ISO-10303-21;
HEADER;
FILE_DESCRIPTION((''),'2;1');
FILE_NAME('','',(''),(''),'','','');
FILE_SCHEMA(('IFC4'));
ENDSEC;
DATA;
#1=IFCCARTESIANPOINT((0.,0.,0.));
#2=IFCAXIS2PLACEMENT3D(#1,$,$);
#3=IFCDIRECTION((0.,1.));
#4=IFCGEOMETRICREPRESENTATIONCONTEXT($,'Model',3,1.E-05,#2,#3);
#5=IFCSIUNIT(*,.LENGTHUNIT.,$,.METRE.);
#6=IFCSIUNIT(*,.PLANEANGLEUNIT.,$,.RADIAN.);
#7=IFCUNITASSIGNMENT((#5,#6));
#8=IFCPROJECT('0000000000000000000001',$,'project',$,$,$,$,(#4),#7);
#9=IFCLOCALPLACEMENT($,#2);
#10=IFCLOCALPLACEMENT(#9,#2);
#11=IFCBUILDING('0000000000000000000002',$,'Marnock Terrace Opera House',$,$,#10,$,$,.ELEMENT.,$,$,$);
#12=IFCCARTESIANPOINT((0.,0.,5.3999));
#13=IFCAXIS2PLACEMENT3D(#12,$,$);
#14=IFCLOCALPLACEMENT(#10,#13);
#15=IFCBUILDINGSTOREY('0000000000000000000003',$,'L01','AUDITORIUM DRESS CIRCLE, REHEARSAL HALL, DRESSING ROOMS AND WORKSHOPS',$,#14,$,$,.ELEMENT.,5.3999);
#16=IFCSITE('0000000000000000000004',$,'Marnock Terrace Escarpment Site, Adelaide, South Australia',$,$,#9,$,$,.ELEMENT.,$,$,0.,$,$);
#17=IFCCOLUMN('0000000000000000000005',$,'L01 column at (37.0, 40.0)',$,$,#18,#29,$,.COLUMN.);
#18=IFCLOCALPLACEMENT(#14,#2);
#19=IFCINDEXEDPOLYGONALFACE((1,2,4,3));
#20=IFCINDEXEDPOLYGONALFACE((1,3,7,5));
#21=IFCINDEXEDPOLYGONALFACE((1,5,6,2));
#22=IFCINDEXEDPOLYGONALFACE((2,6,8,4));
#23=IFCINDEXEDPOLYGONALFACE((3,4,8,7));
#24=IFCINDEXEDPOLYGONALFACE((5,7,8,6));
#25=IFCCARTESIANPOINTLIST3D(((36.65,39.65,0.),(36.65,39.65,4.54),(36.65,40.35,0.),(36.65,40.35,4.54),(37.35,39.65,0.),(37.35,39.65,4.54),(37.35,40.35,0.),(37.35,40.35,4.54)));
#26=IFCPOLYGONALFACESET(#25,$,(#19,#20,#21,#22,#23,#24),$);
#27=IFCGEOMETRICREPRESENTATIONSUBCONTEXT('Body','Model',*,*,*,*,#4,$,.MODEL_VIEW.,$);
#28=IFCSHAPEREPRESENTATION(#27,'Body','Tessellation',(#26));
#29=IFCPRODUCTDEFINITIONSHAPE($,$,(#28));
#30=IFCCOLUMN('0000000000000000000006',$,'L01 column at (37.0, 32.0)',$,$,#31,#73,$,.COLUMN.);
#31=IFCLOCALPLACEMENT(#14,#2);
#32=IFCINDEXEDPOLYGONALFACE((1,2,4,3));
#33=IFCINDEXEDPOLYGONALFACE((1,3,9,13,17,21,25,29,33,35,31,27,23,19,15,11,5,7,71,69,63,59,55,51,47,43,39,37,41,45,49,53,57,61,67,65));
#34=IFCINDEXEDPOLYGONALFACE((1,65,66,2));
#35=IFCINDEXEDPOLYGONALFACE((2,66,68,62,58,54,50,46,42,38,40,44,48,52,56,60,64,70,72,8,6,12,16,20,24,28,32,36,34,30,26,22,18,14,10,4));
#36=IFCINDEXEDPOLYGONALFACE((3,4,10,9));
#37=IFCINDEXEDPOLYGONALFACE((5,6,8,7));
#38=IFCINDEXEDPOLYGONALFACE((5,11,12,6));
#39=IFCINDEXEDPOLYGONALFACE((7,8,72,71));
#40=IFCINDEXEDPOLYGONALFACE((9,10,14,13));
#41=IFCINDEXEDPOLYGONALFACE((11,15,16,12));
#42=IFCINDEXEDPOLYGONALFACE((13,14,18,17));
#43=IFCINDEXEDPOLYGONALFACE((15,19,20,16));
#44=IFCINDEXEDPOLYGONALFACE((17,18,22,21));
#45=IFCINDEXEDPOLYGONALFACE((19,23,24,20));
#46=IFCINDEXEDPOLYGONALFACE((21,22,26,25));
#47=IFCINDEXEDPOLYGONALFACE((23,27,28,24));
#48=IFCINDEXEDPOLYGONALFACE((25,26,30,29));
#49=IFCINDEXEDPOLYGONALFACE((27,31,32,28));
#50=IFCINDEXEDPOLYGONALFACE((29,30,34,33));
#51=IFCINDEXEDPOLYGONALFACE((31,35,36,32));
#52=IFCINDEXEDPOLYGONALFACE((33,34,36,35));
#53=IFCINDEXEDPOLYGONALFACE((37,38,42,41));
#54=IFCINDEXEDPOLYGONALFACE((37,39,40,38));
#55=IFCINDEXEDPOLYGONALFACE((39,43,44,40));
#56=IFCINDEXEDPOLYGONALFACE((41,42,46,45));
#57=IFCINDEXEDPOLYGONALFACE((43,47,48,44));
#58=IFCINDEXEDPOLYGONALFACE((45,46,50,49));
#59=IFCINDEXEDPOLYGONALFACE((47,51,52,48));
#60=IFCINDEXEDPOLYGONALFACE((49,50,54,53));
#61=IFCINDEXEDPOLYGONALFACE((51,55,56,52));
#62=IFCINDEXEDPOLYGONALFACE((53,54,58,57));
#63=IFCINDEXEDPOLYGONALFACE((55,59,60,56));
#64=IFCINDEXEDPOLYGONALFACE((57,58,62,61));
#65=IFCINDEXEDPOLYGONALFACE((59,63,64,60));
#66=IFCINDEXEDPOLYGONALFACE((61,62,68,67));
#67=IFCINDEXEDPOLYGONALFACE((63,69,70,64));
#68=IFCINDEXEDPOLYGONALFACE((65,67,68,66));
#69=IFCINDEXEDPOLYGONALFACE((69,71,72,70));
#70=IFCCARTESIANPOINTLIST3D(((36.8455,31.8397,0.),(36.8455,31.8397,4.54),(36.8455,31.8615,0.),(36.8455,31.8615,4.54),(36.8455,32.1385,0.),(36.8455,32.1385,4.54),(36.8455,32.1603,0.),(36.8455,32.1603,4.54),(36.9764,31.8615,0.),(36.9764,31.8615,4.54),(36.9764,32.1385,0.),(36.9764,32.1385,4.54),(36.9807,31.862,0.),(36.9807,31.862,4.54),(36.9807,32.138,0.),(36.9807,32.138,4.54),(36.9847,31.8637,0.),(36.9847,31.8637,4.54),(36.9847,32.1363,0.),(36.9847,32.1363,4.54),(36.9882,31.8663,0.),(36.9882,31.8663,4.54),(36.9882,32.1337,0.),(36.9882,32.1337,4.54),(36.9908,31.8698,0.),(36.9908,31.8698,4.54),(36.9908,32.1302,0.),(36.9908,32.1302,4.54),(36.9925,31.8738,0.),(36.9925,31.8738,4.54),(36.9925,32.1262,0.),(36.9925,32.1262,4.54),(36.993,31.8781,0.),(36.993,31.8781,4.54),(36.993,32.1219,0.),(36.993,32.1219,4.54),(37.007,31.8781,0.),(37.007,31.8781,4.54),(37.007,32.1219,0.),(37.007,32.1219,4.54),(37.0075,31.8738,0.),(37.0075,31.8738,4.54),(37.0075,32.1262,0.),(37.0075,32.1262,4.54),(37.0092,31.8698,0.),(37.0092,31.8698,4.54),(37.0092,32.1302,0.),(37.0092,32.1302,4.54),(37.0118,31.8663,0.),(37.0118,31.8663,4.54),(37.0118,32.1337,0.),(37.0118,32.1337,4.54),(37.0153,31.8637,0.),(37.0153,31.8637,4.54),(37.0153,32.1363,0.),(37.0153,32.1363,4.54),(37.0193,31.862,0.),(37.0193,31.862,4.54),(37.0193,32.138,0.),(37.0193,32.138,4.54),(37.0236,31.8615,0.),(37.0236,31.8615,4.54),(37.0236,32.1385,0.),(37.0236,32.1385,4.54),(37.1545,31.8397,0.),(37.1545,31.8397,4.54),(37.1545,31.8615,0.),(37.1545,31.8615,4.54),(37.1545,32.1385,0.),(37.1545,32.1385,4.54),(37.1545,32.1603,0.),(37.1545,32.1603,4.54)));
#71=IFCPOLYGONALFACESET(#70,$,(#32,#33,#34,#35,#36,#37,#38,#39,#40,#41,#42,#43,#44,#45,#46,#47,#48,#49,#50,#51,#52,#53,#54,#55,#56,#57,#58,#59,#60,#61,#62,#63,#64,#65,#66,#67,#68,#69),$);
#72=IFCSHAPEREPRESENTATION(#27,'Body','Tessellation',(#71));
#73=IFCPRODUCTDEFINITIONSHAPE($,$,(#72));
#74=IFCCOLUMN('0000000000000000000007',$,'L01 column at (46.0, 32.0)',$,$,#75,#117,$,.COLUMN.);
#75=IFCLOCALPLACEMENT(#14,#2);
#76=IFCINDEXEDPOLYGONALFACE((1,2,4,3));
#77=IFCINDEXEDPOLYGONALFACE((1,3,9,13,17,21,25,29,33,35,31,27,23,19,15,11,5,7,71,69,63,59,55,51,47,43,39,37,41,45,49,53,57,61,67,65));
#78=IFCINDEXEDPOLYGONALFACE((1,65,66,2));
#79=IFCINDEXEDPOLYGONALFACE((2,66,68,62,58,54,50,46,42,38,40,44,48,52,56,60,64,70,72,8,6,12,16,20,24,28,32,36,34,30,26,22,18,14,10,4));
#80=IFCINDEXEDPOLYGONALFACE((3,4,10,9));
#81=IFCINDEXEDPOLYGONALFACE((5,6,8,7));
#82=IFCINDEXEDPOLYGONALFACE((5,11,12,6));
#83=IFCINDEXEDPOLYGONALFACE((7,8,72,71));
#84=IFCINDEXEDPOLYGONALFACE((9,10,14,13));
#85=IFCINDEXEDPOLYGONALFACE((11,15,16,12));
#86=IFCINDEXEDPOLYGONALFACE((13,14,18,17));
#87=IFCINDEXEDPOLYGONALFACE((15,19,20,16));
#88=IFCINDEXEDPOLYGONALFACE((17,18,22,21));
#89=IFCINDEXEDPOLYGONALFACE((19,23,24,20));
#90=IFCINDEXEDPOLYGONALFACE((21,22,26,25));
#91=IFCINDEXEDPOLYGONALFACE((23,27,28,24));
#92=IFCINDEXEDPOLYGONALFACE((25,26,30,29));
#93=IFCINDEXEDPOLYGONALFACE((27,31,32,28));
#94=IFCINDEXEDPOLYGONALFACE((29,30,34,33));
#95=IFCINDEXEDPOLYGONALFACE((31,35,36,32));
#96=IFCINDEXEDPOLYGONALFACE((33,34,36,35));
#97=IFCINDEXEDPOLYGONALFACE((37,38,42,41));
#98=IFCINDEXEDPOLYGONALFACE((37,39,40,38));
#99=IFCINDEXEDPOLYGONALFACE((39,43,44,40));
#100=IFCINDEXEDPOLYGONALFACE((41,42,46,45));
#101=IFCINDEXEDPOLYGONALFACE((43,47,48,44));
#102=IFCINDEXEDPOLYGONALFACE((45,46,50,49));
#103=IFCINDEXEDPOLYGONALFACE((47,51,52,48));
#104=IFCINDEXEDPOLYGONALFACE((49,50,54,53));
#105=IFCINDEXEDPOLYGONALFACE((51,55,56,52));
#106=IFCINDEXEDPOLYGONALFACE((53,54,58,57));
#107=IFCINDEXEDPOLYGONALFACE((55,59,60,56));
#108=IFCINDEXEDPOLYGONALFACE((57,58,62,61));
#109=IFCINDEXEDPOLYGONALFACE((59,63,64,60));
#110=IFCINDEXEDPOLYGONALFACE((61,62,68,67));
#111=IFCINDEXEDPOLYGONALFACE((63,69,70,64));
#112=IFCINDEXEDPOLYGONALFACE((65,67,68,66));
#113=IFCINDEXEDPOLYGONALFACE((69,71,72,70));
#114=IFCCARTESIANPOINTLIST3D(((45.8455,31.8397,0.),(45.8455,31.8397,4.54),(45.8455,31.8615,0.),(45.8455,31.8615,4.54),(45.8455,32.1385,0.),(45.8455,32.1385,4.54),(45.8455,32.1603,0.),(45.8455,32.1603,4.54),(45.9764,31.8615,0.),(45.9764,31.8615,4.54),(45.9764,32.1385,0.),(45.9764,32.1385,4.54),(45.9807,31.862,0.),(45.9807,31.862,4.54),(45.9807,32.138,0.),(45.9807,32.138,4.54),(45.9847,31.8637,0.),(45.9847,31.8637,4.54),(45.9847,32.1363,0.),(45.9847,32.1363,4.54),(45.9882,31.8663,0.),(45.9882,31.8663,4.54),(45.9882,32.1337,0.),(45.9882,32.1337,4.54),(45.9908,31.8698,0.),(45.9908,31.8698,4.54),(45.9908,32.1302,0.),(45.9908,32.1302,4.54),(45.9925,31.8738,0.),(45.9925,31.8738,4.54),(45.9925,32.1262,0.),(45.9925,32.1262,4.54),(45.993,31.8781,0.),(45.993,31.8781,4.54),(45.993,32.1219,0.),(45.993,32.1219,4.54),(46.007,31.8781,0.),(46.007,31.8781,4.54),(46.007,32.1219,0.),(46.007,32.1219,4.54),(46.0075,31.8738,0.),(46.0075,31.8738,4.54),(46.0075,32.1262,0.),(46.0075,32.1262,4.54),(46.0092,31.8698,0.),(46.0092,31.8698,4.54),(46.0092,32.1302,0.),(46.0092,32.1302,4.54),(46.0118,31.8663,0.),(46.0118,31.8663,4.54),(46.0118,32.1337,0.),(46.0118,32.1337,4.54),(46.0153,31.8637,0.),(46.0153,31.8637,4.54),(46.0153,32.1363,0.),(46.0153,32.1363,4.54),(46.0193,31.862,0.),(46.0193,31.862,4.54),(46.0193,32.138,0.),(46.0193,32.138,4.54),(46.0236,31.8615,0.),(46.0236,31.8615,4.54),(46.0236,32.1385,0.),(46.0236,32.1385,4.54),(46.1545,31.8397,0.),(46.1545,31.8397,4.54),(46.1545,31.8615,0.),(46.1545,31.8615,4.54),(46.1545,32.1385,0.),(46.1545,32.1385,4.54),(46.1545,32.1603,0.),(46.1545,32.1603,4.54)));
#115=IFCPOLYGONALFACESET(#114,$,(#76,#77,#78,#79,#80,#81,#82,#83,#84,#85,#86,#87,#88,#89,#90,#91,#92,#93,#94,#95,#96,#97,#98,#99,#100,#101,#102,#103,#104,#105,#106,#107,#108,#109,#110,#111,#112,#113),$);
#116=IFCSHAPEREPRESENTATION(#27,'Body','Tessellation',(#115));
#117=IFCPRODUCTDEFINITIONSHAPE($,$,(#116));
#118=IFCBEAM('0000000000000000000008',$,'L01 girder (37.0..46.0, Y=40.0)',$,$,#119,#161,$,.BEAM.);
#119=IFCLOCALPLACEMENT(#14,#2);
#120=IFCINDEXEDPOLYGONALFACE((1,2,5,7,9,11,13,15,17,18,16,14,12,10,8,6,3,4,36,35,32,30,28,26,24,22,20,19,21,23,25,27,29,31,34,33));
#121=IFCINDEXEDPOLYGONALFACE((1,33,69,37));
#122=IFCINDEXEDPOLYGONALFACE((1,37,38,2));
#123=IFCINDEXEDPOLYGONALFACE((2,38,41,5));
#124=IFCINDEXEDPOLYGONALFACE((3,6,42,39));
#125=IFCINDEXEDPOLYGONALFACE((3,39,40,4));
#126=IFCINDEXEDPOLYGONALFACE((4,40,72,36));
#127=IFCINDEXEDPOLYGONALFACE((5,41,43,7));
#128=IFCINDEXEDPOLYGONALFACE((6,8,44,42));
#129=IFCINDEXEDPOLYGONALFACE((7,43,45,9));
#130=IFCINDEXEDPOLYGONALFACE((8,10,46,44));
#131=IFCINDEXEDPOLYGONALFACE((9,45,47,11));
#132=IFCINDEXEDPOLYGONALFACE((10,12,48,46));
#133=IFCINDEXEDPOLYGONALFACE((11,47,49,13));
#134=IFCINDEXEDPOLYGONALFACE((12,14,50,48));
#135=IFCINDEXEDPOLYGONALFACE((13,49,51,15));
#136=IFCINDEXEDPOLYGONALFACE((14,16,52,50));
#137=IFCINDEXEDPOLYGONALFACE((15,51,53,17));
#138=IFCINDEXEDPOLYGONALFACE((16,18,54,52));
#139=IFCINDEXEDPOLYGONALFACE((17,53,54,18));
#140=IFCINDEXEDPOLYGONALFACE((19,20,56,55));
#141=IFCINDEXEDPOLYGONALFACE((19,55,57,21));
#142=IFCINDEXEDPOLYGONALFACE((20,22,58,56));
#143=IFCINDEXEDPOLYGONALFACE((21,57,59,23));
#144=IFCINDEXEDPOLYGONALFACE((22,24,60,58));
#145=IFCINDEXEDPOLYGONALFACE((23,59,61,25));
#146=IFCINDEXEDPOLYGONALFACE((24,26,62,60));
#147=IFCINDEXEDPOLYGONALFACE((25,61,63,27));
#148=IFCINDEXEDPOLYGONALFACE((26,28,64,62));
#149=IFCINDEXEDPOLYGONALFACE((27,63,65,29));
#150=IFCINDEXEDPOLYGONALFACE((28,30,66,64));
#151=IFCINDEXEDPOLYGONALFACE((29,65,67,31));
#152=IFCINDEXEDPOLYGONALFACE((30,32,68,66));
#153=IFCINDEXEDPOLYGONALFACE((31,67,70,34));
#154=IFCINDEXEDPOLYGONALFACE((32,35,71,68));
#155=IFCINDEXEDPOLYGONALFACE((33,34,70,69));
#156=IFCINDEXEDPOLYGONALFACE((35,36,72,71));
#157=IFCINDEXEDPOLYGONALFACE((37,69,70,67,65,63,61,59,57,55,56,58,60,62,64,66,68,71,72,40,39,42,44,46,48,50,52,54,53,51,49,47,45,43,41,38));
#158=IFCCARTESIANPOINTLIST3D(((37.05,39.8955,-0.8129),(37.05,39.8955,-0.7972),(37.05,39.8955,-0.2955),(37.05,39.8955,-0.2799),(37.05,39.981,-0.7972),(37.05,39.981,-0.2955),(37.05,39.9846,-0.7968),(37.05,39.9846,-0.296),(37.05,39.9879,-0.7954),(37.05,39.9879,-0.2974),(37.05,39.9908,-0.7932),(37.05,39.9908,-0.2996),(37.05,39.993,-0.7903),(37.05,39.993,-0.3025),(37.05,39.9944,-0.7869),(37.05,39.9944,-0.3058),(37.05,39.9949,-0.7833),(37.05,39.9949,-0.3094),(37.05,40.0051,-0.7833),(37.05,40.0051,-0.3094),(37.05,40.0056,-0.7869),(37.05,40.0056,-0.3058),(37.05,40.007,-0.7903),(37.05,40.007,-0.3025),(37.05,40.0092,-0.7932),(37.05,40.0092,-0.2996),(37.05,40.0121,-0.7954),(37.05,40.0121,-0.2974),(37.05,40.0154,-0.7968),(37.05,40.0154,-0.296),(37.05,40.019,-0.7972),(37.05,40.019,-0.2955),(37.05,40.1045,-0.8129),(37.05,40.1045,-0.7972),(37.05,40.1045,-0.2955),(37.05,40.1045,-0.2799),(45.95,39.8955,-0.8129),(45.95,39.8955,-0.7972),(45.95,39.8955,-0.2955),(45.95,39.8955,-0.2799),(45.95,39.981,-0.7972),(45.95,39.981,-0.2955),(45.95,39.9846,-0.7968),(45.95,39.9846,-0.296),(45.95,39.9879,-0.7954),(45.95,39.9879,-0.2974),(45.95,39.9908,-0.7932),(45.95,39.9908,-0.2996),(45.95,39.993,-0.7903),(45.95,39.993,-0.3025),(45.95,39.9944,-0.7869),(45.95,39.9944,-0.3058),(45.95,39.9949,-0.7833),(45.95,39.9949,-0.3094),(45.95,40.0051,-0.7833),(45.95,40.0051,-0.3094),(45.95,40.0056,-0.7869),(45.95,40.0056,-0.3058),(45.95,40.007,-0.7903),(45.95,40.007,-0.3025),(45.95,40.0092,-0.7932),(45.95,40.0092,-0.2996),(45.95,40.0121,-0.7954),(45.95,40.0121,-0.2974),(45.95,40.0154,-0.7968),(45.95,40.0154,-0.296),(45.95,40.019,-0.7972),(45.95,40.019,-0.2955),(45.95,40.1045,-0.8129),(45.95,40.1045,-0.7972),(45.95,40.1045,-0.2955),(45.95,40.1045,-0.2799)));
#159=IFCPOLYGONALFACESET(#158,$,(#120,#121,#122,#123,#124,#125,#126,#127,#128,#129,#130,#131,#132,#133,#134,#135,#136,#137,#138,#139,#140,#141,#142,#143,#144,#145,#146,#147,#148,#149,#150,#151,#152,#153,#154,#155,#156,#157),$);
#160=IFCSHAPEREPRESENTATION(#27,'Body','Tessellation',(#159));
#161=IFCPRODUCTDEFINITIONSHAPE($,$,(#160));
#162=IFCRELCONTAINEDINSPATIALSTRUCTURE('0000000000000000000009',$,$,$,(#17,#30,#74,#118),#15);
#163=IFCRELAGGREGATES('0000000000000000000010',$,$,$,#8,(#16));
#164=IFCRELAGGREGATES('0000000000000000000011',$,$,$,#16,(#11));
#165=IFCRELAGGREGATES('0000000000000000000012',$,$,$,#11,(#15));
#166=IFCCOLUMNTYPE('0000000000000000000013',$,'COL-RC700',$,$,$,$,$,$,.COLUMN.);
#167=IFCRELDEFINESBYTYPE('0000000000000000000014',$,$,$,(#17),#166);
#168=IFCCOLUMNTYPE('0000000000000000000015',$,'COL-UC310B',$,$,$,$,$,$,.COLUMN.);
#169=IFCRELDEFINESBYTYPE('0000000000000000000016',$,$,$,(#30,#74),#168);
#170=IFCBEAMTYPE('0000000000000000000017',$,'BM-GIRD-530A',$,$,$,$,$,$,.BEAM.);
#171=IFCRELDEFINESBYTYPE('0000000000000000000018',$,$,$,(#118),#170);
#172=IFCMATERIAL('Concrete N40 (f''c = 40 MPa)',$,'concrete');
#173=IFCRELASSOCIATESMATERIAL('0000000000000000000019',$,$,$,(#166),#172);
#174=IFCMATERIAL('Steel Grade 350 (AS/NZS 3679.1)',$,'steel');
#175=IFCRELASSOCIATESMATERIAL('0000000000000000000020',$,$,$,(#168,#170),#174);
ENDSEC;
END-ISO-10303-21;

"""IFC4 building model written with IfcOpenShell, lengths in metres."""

from ifc_helpers import new_model, si_unit, direction, frame, origin, origin_2d, place, context, subcontext, project, spatial, rectangle, i_section, extrude, material, material_profile, profile_set, type_object, element, save


model = new_model("IFC4")

# Units and contexts
model_context = context("Model", 3, precision=1e-05, world=origin(), true_north=direction((0.0, 1.0)))
body_context = subcontext(model_context, "Body", "Model", "MODEL_VIEW")
ifc_project = project(units=[si_unit("LENGTHUNIT", "METRE"), si_unit("PLANEANGLEUNIT", "RADIAN")], contexts=[model_context])

# Site, building, storey
site_placement = place(None, origin())
site = spatial("IfcSite", under=ifc_project, at=site_placement, Name="Marnock Terrace Escarpment Site, Adelaide, South Australia", CompositionType="ELEMENT", RefElevation=0.0)
building_placement = place(site_placement, origin())
building = spatial("IfcBuilding", under=site, at=building_placement, Name="Marnock Terrace Opera House", CompositionType="ELEMENT")
storey_placement = place(building_placement, frame((0.0, 0.0, 5.3999)))
storey = spatial("IfcBuildingStorey", under=building, at=storey_placement, Name="L01", Description="AUDITORIUM DRESS CIRCLE, REHEARSAL HALL, DRESSING ROOMS AND WORKSHOPS", CompositionType="ELEMENT", Elevation=5.3999)

# Columns
ifc_material_1 = material(Name="Concrete N40 (f'c = 40 MPa)", Category="concrete")
ifc_material_profile_1 = material_profile(ifc_material_1, rectangle(XDim=0.7, YDim=0.7, at=origin_2d()))
ifc_profile_set_1 = profile_set([ifc_material_profile_1], Name="Concrete N40 (f'c = 40 MPa)")
column_type_1 = type_object("IfcColumnType", Name="COL-RC700", PredefinedType="COLUMN", material=ifc_profile_set_1)
column_placement = place(storey_placement, frame((37.0, 40.0, 0.0), z_axis=(0.0, 0.0, 1.0), x_axis=(1.0, 0.0, 0.0)))
element("IfcColumn", 1, at=column_placement, inside=storey, type_object=column_type_1, Name="L01 column at (37.0, 40.0)", PredefinedType="COLUMN", context=body_context, shape_type="SweptSolid", body=[
    extrude(rectangle(XDim=0.7, YDim=0.7, at=origin_2d()), origin(), (0.0, 0.0, 1.0), 4.54),
])
ifc_material_2 = material(Name="Steel Grade 350 (AS/NZS 3679.1)", Category="steel")
ifc_material_profile_2 = material_profile(ifc_material_2, i_section(OverallWidth=0.3091, OverallDepth=0.3206, WebThickness=0.0139, FlangeThickness=0.0217, FilletRadius=0.0166, at=origin_2d()))
ifc_profile_set_2 = profile_set([ifc_material_profile_2], Name="Steel Grade 350 (AS/NZS 3679.1)")
column_type_2 = type_object("IfcColumnType", Name="COL-UC310B", PredefinedType="COLUMN", material=ifc_profile_set_2)
for number, where, z_axis, x_axis, name in (
    (2, (37.0, 32.0, 0.0), (0.0, 0.0, 1.0), (1.0, 0.0, 0.0), "L01 column at (37.0, 32.0)"),
    (3, (46.0, 32.0, 0.0), (0.0, 0.0, 1.0), (1.0, 0.0, 0.0), "L01 column at (46.0, 32.0)"),
):
    element("IfcColumn", number, at=place(storey_placement, frame(where, z_axis=z_axis, x_axis=x_axis)), inside=storey, type_object=column_type_2, Name=name, PredefinedType="COLUMN", context=body_context, shape_type="SweptSolid", body=[
        extrude(i_section(OverallWidth=0.3091, OverallDepth=0.3206, WebThickness=0.0139, FlangeThickness=0.0217, FilletRadius=0.0166, at=origin_2d()), origin(), (0.0, 0.0, 1.0), 4.54),
    ])

# Beam
ifc_material_profile_3 = material_profile(ifc_material_2, i_section(OverallWidth=0.209, OverallDepth=0.533, WebThickness=0.0103, FlangeThickness=0.0156, FilletRadius=0.0139, at=origin_2d()))
ifc_profile_set_3 = profile_set([ifc_material_profile_3], Name="Steel Grade 350 (AS/NZS 3679.1)")
beam_type_1 = type_object("IfcBeamType", Name="BM-GIRD-530A", PredefinedType="BEAM", material=ifc_profile_set_3)
beam_1_placement = place(storey_placement, frame((37.05, 40.0, -0.5464), z_axis=(1.0, 0.0, 0.0), x_axis=(0.0, 1.0, 0.0)))
element("IfcBeam", 4, at=beam_1_placement, inside=storey, type_object=beam_type_1, Name="L01 girder (37.0..46.0, Y=40.0)", PredefinedType="BEAM", context=body_context, shape_type="SweptSolid", body=[
    extrude(i_section(OverallWidth=0.209, OverallDepth=0.533, WebThickness=0.0103, FlangeThickness=0.0156, FilletRadius=0.0139, at=origin_2d()), origin(), (0.0, 0.0, 1.0), 8.8999),
])

save(model, "model.ifc")
